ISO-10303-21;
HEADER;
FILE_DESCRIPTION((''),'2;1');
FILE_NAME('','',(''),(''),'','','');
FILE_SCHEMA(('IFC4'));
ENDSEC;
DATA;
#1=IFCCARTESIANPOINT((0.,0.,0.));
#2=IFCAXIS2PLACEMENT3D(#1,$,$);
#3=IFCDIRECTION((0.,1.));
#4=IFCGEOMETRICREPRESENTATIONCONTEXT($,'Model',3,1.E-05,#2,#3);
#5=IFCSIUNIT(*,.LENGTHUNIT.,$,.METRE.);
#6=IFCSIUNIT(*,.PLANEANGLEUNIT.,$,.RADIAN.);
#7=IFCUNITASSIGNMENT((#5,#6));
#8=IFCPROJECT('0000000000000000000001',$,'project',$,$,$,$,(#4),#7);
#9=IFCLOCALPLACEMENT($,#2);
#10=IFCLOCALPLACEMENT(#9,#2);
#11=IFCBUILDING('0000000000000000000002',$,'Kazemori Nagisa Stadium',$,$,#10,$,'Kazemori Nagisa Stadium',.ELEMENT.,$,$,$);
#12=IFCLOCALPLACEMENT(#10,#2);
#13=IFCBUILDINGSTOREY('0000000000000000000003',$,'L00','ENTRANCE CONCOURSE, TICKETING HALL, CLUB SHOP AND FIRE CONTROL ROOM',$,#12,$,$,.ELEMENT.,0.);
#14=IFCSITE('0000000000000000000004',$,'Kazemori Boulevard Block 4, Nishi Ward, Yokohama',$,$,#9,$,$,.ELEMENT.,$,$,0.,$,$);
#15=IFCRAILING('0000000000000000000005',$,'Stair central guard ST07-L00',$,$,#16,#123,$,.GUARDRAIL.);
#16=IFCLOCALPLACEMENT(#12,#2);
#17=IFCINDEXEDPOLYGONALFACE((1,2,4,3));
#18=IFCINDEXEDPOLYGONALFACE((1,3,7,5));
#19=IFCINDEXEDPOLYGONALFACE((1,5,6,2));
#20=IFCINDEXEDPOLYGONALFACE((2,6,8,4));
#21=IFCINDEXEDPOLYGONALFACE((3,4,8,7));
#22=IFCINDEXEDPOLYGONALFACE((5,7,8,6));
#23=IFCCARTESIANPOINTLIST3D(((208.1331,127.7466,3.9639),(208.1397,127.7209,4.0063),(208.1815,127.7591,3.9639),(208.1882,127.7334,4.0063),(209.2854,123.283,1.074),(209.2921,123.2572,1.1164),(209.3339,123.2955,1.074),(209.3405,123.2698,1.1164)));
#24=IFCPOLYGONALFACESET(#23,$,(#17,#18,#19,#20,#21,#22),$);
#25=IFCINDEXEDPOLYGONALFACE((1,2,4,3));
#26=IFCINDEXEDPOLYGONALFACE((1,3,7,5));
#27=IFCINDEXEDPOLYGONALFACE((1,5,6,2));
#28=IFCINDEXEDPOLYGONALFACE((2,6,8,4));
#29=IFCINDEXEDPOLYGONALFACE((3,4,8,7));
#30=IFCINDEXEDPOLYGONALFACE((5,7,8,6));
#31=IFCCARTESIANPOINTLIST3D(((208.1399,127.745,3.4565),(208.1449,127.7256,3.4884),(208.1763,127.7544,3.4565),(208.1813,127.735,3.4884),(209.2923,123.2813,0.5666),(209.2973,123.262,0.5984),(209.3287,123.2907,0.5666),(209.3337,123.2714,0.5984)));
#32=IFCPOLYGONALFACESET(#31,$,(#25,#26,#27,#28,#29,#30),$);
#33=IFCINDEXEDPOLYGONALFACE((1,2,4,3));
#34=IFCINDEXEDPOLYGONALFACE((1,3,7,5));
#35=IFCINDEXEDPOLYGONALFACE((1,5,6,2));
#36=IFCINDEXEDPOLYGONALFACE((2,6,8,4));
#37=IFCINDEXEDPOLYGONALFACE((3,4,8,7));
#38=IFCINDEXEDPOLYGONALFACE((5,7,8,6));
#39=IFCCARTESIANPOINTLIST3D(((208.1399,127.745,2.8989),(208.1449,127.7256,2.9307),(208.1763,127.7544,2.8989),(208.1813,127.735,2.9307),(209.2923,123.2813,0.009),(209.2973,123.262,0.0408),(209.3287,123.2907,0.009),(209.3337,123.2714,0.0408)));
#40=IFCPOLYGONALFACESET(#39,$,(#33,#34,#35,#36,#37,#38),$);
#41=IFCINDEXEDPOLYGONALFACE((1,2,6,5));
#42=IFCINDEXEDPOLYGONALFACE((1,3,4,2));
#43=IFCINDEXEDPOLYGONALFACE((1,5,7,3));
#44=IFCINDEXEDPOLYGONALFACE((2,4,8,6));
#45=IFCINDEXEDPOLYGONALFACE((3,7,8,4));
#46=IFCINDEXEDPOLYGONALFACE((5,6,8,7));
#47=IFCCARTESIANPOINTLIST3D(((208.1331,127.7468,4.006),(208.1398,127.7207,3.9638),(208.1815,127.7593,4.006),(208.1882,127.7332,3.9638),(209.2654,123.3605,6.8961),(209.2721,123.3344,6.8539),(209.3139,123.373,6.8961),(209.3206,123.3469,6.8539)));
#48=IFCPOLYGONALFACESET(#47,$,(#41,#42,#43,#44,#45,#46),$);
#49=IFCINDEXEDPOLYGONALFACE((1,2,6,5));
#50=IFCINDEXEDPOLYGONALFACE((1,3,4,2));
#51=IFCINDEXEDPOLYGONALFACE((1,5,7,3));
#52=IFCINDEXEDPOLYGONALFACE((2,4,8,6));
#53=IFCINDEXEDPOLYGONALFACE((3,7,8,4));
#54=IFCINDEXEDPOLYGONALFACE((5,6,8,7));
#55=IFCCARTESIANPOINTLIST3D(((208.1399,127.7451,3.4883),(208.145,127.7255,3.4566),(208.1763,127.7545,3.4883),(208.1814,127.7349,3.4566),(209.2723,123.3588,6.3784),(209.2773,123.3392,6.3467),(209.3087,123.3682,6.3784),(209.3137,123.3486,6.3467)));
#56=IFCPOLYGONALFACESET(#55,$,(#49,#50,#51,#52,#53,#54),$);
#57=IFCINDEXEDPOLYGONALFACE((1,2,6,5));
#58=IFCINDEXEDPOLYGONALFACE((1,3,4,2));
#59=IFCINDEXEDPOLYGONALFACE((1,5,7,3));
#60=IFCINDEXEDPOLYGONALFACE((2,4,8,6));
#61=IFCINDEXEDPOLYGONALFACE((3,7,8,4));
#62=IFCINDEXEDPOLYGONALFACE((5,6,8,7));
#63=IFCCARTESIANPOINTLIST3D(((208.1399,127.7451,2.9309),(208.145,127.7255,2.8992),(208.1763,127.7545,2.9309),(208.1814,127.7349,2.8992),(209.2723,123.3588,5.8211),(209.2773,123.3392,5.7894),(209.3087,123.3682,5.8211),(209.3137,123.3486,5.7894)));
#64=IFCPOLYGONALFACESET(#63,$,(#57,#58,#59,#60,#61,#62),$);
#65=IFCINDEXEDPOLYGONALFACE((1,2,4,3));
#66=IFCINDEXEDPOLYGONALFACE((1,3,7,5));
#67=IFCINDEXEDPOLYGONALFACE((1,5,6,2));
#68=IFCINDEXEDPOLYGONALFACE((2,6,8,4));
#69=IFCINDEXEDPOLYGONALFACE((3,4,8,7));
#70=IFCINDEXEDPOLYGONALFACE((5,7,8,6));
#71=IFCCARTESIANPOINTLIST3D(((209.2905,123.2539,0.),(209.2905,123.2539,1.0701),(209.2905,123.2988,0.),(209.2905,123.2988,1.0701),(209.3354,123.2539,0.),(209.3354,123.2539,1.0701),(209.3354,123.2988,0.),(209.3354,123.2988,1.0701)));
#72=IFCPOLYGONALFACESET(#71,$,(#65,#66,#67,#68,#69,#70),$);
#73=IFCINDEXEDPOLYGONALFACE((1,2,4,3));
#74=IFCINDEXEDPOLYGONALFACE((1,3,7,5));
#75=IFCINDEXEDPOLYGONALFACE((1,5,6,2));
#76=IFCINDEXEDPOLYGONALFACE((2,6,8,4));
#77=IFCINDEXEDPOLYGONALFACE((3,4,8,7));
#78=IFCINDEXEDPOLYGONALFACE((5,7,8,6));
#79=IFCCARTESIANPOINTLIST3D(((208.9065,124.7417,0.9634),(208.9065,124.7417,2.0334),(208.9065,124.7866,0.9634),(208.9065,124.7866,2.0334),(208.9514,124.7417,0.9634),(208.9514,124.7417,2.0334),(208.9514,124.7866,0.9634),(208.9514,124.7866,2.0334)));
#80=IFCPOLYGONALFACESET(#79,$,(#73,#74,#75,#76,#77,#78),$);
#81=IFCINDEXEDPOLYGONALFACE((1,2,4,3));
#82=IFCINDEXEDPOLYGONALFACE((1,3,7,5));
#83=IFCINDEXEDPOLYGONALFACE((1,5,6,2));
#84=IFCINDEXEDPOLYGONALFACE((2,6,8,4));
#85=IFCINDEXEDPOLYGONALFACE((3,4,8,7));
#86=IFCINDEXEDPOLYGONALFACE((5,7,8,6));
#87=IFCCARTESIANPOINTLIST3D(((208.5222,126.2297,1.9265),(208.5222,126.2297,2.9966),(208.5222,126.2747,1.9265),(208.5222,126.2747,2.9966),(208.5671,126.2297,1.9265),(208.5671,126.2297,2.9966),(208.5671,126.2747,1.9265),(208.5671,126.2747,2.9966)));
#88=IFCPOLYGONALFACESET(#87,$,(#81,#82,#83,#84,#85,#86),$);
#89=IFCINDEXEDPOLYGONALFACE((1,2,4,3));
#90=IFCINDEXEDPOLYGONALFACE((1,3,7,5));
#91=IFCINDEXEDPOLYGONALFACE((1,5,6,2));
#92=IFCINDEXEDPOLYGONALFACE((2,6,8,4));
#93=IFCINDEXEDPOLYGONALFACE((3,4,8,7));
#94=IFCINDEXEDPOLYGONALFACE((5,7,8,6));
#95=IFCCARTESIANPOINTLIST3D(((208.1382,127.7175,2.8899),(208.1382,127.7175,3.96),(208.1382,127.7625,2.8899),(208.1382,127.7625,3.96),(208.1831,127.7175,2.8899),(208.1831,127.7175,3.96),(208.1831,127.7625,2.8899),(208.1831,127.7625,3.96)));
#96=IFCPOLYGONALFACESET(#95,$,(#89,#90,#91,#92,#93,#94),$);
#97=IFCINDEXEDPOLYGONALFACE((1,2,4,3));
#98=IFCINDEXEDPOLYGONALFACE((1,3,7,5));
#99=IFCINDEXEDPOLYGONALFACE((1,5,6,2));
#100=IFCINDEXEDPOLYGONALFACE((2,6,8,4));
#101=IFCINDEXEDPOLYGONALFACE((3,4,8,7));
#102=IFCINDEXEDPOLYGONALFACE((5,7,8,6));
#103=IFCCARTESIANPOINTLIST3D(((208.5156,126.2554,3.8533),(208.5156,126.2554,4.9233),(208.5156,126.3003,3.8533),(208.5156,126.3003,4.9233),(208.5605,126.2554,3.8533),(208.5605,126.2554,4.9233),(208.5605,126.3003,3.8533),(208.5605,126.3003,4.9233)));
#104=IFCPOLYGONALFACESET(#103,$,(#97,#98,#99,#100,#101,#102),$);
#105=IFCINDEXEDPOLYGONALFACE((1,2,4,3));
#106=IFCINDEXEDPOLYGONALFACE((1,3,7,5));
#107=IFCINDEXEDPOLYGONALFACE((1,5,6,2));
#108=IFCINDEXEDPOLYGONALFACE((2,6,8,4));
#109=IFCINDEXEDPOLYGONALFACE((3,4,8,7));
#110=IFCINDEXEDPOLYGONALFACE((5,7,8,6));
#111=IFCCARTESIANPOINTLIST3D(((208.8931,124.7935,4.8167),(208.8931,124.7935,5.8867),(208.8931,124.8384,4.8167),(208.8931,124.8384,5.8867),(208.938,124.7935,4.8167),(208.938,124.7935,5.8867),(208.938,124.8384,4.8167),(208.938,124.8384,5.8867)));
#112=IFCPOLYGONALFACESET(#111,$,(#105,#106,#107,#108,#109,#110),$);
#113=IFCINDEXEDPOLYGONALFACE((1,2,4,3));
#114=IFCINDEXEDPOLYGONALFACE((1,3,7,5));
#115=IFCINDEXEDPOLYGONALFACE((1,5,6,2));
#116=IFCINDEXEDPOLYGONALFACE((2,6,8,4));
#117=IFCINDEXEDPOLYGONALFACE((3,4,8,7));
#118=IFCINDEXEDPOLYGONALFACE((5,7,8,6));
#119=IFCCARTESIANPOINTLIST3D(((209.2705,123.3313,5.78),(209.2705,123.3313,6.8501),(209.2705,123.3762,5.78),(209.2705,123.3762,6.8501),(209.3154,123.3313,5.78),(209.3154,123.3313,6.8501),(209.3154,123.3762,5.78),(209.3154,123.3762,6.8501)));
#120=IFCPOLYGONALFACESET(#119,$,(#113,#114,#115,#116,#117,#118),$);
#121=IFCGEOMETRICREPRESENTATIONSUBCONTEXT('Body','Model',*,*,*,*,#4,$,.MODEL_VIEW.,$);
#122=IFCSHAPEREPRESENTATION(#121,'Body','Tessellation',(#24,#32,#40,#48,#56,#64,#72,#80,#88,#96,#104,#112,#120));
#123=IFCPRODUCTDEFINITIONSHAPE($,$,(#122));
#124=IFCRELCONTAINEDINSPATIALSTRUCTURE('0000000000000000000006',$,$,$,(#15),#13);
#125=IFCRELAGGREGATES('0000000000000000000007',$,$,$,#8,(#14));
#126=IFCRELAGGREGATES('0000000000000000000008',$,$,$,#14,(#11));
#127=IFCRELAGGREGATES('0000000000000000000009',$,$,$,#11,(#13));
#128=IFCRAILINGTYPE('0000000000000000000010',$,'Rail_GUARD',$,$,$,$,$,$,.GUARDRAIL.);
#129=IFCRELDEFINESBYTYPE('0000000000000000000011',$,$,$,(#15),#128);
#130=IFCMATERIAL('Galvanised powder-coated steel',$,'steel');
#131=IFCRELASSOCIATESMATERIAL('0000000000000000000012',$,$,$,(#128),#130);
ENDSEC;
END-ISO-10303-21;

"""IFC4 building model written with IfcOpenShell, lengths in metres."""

from ifc_helpers import new_model, si_unit, direction, frame, origin, origin_2d, place, context, subcontext, project, spatial, rectangle, extrude, material, type_object, element, save


model = new_model("IFC4")

# Units and contexts
model_context = context("Model", 3, precision=1e-05, world=origin(), true_north=direction((0.0, 1.0)))
body_context = subcontext(model_context, "Body", "Model", "MODEL_VIEW")
ifc_project = project(units=[si_unit("LENGTHUNIT", "METRE"), si_unit("PLANEANGLEUNIT", "RADIAN")], contexts=[model_context])

# Site, building, storey
site_placement = place(None, origin())
site = spatial("IfcSite", under=ifc_project, at=site_placement, Name="Kazemori Boulevard Block 4, Nishi Ward, Yokohama", CompositionType="ELEMENT", RefElevation=0.0)
building_placement = place(site_placement, origin())
building = spatial("IfcBuilding", under=site, at=building_placement, Name="Kazemori Nagisa Stadium", LongName="Kazemori Nagisa Stadium", CompositionType="ELEMENT")
storey_placement = place(building_placement, origin())
storey = spatial("IfcBuildingStorey", under=building, at=storey_placement, Name="L00", Description="ENTRANCE CONCOURSE, TICKETING HALL, CLUB SHOP AND FIRE CONTROL ROOM", CompositionType="ELEMENT", Elevation=0.0)

# Railing
ifc_material_1 = material(Name="Galvanised powder-coated steel", Category="steel")
railing_type_1 = type_object("IfcRailingType", Name="Rail_GUARD", PredefinedType="GUARDRAIL", material=ifc_material_1)
railing_1_placement = place(storey_placement, frame((209.313, 123.2764, 0.0)))
element("IfcRailing", 1, at=railing_1_placement, inside=storey, type_object=railing_type_1, Name="Stair central guard ST07-L00", PredefinedType="GUARDRAIL", context=body_context, shape_type="SweptSolid", body=[
    extrude(rectangle(XDim=0.05, YDim=0.05, at=origin_2d()), frame((0.0, 0.0, 1.0952), z_axis=(-0.211793, 0.820384, 0.531143), x_axis=(-0.968254, -0.249968, 0.0)), (0.0, 0.0, 1.0), 5.4409),
    extrude(rectangle(XDim=0.0376, YDim=0.0376, at=origin_2d()), frame((0.0, 0.0, 0.5825), z_axis=(-0.211793, 0.820384, 0.531143), x_axis=(-0.968254, -0.249968, 0.0)), (0.0, 0.0, 1.0), 5.4409),
    extrude(rectangle(XDim=0.0376, YDim=0.0376, at=origin_2d()), frame((0.0, 0.0, 0.0249), z_axis=(-0.211793, 0.820384, 0.531143), x_axis=(-0.968254, -0.249968, 0.0)), (0.0, 0.0, 1.0), 5.4409),
    extrude(rectangle(XDim=0.05, YDim=0.05, at=origin_2d()), frame((-1.1523, 4.4636, 3.9849), z_axis=(0.210725, -0.816277, 0.537854), x_axis=(0.968256, 0.24996, 0.0)), (0.0, 0.0, 1.0), 5.3735),
    extrude(rectangle(XDim=0.0376, YDim=0.0376, at=origin_2d()), frame((-1.1523, 4.4636, 3.4724), z_axis=(0.210725, -0.816277, 0.537854), x_axis=(0.968256, 0.24996, 0.0)), (0.0, 0.0, 1.0), 5.3735),
    extrude(rectangle(XDim=0.0376, YDim=0.0376, at=origin_2d()), frame((-1.1523, 4.4636, 2.915), z_axis=(0.210725, -0.816277, 0.537854), x_axis=(0.968256, 0.24996, 0.0)), (0.0, 0.0, 1.0), 5.3735),
    extrude(rectangle(XDim=0.0449, YDim=0.0449, at=origin_2d()), origin(), (0.0, 0.0, 1.0), 1.0701),
    extrude(rectangle(XDim=0.0449, YDim=0.0449, at=origin_2d()), frame((-0.384, 1.4878, 0.9634)), (0.0, 0.0, 1.0), 1.0701),
    extrude(rectangle(XDim=0.0449, YDim=0.0449, at=origin_2d()), frame((-0.7683, 2.9758, 1.9265)), (0.0, 0.0, 1.0), 1.0701),
    extrude(rectangle(XDim=0.0449, YDim=0.0449, at=origin_2d()), frame((-1.1523, 4.4636, 2.8899)), (0.0, 0.0, 1.0), 1.0701),
    extrude(rectangle(XDim=0.0449, YDim=0.0449, at=origin_2d()), frame((-0.7749, 3.0015, 3.8533)), (0.0, 0.0, 1.0), 1.0701),
    extrude(rectangle(XDim=0.0449, YDim=0.0449, at=origin_2d()), frame((-0.3975, 1.5396, 4.8167)), (0.0, 0.0, 1.0), 1.0701),
    extrude(rectangle(XDim=0.0449, YDim=0.0449, at=origin_2d()), frame((-0.02, 0.0774, 5.78)), (0.0, 0.0, 1.0), 1.0701),
])

save(model, "model.ifc")
